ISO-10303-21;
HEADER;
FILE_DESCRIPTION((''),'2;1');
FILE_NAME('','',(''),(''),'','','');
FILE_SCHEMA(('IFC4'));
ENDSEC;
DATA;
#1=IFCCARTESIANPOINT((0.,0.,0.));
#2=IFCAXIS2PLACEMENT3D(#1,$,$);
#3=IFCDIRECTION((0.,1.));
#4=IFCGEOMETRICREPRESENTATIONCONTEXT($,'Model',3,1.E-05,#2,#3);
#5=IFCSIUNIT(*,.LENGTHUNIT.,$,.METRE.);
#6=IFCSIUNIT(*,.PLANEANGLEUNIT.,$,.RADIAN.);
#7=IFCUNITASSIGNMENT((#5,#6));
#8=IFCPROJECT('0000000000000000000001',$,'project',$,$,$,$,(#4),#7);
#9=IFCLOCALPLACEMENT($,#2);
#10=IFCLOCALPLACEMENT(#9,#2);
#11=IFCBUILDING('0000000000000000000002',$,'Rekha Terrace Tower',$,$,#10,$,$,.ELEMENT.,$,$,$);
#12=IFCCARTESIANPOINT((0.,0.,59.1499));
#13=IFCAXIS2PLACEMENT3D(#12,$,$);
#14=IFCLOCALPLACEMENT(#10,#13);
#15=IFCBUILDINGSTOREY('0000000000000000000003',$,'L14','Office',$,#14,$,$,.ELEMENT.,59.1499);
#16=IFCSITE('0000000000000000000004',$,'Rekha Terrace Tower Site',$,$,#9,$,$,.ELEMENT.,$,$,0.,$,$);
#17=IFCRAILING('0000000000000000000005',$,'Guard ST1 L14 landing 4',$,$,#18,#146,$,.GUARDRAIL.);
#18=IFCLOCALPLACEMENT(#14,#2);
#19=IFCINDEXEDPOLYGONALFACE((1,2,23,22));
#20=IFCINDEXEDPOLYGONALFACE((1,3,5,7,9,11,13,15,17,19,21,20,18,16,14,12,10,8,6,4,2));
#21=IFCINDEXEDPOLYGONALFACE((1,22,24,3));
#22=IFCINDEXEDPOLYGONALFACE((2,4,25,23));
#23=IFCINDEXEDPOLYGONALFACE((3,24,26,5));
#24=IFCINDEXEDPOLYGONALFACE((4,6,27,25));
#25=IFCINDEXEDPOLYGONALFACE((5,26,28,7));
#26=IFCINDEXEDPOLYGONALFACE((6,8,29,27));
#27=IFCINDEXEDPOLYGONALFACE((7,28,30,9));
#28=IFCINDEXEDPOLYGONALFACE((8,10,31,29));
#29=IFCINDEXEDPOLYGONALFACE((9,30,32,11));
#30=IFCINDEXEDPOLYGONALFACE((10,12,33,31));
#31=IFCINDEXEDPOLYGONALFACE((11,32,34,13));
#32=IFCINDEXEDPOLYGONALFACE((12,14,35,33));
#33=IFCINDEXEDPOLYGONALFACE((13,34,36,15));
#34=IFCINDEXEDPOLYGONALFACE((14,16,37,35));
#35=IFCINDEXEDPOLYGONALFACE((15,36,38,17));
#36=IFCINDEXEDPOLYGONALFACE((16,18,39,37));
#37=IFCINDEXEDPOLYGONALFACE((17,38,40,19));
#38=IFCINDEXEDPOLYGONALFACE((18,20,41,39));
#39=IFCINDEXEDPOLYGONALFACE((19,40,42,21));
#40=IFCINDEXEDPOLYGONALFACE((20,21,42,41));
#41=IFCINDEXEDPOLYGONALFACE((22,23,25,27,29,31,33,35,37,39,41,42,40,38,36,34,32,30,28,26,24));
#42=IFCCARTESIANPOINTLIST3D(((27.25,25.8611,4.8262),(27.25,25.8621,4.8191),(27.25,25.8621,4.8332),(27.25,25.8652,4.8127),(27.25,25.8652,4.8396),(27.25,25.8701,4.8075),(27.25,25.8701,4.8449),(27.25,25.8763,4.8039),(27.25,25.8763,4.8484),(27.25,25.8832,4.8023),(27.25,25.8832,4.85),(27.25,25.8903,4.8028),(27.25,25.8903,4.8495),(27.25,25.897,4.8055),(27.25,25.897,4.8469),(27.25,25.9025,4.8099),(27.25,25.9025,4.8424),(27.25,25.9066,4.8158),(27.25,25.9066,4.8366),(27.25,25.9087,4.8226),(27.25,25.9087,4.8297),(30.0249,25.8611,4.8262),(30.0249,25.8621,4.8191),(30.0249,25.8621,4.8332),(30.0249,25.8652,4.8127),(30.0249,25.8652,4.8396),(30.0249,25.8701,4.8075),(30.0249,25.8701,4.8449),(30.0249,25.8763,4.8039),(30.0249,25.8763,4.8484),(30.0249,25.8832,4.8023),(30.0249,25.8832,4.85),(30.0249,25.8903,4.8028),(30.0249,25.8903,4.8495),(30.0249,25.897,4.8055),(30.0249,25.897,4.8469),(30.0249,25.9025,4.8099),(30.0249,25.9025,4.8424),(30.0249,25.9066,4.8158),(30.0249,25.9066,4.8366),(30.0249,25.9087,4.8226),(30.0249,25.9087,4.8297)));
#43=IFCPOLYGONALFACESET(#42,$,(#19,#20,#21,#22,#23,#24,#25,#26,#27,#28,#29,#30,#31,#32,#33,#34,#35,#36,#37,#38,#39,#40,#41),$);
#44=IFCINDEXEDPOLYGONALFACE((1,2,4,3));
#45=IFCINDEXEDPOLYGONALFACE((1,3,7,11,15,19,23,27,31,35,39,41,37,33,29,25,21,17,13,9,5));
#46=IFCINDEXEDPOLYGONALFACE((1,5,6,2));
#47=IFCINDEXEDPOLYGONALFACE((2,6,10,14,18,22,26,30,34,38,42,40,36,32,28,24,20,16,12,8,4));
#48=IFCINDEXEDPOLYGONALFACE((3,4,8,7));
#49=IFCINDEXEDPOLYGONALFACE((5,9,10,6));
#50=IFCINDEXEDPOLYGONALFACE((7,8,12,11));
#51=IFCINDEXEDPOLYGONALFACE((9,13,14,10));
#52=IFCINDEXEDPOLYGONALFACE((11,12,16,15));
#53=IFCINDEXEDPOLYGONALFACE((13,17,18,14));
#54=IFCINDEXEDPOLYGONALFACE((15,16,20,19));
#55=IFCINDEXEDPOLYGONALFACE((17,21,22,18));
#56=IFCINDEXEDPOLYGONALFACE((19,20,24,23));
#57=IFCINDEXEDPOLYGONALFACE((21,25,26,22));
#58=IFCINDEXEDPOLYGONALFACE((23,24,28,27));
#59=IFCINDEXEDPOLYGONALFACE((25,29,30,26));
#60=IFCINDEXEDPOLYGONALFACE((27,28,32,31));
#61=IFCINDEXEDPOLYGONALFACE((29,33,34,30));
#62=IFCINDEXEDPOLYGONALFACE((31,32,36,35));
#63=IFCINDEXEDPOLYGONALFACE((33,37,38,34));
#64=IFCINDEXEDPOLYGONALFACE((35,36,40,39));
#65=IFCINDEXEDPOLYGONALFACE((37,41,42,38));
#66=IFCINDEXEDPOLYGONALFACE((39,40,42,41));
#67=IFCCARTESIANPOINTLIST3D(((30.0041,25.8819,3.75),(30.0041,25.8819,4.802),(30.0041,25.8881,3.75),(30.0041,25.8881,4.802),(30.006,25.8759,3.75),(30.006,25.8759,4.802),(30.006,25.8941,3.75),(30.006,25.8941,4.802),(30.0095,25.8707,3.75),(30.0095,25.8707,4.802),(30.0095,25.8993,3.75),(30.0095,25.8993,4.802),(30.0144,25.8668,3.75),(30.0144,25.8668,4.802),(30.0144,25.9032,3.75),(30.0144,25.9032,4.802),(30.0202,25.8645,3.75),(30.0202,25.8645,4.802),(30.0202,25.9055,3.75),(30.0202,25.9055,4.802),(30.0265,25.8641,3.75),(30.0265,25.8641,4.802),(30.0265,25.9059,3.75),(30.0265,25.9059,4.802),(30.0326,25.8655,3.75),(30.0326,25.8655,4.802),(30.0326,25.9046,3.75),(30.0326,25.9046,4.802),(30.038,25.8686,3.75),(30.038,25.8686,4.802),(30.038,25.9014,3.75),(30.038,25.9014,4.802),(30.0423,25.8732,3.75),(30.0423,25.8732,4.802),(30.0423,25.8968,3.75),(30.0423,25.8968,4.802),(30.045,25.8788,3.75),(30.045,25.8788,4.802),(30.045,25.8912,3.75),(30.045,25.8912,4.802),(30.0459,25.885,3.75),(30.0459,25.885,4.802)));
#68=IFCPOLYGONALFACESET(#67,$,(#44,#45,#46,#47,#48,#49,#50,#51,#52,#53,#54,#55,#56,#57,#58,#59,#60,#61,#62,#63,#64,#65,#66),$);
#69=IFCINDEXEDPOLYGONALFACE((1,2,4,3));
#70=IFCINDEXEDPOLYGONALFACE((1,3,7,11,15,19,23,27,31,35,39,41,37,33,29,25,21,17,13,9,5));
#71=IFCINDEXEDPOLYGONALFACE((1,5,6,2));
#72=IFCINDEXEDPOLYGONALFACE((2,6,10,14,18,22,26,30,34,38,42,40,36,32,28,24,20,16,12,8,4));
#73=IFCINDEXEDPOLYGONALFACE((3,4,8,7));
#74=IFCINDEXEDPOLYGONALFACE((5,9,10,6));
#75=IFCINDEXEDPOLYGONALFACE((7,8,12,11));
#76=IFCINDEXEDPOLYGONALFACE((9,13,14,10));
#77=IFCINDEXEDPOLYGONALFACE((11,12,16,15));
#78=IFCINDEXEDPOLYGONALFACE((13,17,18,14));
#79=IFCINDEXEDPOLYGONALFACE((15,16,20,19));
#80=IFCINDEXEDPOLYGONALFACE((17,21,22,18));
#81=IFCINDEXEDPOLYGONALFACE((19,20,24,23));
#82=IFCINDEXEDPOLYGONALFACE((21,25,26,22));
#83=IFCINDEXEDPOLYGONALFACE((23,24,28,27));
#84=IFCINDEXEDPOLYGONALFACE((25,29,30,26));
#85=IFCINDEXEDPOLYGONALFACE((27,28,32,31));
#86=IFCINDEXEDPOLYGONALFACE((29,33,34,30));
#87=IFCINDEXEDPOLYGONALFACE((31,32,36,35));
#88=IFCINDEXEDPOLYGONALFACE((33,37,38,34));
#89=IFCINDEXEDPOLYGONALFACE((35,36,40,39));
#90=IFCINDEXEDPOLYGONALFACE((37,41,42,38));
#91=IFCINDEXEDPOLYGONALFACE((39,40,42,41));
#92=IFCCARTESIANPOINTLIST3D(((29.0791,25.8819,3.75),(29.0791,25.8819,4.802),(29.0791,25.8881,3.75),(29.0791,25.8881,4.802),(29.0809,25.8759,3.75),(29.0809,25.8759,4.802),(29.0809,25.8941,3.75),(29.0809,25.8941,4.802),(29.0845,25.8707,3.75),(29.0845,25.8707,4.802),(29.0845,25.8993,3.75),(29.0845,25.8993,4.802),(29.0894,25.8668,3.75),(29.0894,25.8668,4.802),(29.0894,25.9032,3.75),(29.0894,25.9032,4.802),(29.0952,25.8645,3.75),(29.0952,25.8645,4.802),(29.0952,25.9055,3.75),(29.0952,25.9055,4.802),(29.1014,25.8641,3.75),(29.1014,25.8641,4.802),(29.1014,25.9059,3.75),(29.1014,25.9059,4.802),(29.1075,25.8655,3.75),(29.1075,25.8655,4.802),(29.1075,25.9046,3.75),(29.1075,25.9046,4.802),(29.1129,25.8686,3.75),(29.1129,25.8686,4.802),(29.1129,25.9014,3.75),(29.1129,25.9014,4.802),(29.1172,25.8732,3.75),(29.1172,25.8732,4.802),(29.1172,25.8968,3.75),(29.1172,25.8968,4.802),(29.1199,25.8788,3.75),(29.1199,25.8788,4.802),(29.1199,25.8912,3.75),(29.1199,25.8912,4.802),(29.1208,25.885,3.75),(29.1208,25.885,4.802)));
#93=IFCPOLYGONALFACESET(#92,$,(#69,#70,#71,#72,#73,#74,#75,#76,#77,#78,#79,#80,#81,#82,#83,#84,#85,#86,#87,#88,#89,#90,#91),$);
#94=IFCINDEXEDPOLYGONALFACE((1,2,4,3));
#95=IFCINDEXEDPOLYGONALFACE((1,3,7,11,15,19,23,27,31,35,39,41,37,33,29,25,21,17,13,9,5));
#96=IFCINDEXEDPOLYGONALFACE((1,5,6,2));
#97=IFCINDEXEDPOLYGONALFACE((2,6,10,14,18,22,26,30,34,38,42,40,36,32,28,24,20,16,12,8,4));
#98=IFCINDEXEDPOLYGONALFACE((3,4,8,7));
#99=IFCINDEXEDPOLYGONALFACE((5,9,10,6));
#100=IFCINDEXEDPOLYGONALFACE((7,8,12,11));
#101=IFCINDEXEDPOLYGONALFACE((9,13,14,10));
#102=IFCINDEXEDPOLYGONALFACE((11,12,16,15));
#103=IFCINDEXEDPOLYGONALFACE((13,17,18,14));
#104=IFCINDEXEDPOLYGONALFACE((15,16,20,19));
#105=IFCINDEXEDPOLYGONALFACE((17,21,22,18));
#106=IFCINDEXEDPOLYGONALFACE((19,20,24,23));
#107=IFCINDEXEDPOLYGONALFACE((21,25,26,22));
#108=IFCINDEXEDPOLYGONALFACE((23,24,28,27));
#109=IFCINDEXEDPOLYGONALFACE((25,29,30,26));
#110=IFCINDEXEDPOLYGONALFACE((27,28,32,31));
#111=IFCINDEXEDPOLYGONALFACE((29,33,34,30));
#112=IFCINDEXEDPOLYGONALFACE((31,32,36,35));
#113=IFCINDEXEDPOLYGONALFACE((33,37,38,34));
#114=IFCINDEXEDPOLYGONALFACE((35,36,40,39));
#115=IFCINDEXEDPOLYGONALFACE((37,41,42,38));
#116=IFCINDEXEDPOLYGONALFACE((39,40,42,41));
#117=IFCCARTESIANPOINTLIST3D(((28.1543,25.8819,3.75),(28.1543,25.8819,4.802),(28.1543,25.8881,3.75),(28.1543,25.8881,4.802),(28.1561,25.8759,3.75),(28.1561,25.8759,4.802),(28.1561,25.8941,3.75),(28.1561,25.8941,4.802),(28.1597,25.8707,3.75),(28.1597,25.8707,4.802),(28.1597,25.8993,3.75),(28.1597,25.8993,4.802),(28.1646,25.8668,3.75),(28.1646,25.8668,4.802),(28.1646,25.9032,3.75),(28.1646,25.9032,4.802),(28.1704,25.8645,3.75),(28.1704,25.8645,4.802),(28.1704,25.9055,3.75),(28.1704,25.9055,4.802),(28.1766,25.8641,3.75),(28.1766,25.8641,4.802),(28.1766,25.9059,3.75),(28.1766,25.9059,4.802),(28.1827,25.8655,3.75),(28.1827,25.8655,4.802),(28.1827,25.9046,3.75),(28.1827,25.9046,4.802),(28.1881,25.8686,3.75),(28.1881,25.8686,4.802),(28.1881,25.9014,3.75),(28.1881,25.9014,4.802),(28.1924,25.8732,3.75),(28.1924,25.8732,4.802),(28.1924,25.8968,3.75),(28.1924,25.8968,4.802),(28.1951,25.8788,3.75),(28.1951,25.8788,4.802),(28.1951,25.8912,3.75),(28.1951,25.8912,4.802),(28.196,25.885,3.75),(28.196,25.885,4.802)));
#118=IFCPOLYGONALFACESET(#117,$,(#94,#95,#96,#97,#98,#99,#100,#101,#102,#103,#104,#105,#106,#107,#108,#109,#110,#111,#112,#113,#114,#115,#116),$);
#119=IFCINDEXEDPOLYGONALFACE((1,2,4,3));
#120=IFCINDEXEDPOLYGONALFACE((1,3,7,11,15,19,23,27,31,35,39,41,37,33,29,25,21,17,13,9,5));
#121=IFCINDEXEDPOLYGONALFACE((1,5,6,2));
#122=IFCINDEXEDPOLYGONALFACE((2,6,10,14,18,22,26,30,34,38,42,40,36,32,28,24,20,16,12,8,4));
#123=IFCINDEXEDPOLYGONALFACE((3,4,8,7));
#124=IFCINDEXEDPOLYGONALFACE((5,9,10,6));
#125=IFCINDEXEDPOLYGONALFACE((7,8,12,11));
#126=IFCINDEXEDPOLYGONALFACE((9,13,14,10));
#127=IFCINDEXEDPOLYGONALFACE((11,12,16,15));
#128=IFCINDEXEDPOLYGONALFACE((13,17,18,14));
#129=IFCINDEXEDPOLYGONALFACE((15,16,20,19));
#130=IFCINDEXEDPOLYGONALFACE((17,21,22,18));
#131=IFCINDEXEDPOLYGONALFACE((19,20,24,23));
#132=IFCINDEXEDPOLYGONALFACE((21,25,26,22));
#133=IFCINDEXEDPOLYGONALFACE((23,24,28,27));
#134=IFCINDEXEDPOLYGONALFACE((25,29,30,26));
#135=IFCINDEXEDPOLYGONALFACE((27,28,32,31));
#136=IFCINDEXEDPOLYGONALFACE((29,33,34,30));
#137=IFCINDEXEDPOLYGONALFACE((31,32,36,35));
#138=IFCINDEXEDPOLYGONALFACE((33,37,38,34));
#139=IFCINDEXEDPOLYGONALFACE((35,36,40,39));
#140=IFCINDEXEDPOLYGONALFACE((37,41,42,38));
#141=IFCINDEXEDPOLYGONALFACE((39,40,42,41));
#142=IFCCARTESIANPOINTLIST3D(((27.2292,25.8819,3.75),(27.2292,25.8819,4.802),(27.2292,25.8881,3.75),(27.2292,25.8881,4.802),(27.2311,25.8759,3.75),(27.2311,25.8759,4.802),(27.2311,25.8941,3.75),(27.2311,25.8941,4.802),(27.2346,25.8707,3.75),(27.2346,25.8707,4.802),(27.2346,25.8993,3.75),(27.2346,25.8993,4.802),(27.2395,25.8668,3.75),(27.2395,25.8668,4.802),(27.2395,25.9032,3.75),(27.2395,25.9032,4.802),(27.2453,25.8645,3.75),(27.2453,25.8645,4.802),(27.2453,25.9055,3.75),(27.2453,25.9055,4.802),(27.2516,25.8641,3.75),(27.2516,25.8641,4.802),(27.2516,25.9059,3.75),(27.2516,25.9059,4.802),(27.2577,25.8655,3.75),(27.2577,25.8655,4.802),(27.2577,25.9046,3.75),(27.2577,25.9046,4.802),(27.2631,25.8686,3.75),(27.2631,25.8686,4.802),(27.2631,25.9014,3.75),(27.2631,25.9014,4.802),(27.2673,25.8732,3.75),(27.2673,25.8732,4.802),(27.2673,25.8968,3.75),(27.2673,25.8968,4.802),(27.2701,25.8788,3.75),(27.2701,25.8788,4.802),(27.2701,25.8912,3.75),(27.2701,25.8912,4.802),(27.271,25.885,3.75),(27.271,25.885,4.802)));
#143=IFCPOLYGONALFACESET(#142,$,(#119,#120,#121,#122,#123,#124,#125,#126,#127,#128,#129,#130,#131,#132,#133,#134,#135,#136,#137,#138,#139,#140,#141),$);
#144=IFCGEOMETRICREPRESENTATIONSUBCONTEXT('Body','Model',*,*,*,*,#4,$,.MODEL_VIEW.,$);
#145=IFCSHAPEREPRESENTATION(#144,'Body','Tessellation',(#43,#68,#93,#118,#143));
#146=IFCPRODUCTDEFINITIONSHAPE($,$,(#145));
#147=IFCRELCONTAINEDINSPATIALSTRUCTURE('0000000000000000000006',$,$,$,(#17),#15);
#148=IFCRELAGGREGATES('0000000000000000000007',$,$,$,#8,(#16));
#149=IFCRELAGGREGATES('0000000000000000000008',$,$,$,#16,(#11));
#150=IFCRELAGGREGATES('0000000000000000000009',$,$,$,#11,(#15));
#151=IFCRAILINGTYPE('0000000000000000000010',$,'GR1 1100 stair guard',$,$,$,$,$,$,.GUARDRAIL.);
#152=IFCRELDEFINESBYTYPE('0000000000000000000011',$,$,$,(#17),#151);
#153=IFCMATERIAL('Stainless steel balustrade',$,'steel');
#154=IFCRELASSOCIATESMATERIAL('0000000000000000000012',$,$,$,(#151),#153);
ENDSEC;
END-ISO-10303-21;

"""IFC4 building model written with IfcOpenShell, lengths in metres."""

from ifc_helpers import new_model, si_unit, direction, frame, origin, origin_2d, place, context, subcontext, project, spatial, circle, extrude, material, type_object, element, save


model = new_model("IFC4")

# Units and contexts
model_context = context("Model", 3, precision=1e-05, world=origin(), true_north=direction((0.0, 1.0)))
body_context = subcontext(model_context, "Body", "Model", "MODEL_VIEW")
ifc_project = project(units=[si_unit("LENGTHUNIT", "METRE"), si_unit("PLANEANGLEUNIT", "RADIAN")], contexts=[model_context])

# Site, building, storey
site_placement = place(None, origin())
site = spatial("IfcSite", under=ifc_project, at=site_placement, Name="Rekha Terrace Tower Site", CompositionType="ELEMENT", RefElevation=0.0)
building_placement = place(site_placement, origin())
building = spatial("IfcBuilding", under=site, at=building_placement, Name="Rekha Terrace Tower", CompositionType="ELEMENT")
storey_placement = place(building_placement, frame((0.0, 0.0, 59.1499)))
storey = spatial("IfcBuildingStorey", under=building, at=storey_placement, Name="L14", Description="Office", CompositionType="ELEMENT", Elevation=59.1499)

# Railing
ifc_material_1 = material(Name="Stainless steel balustrade", Category="steel")
railing_type_1 = type_object("IfcRailingType", Name="GR1 1100 stair guard", PredefinedType="GUARDRAIL", material=ifc_material_1)
railing_1_placement = place(storey_placement, frame((30.0249, 25.885, 3.75)))
element("IfcRailing", 1, at=railing_1_placement, inside=storey, type_object=railing_type_1, Name="Guard ST1 L14 landing 4", PredefinedType="GUARDRAIL", context=body_context, shape_type="SweptSolid", body=[
    extrude(circle(Radius=0.0239, at=origin_2d()), frame((0.0, 0.0, 1.0762), z_axis=(-1.0, 0.0, 0.0), x_axis=(0.0, -1.0, 0.0)), (0.0, 0.0, 1.0), 2.7749),
    extrude(circle(Radius=0.021, at=origin_2d()), origin(), (0.0, 0.0, 1.0), 1.052),
    extrude(circle(Radius=0.021, at=origin_2d()), frame((-0.925, 0.0, 0.0)), (0.0, 0.0, 1.0), 1.052),
    extrude(circle(Radius=0.021, at=origin_2d()), frame((-1.8499, 0.0, 0.0)), (0.0, 0.0, 1.0), 1.052),
    extrude(circle(Radius=0.021, at=origin_2d()), frame((-2.7749, 0.0, 0.0)), (0.0, 0.0, 1.0), 1.052),
])

save(model, "model.ifc")
